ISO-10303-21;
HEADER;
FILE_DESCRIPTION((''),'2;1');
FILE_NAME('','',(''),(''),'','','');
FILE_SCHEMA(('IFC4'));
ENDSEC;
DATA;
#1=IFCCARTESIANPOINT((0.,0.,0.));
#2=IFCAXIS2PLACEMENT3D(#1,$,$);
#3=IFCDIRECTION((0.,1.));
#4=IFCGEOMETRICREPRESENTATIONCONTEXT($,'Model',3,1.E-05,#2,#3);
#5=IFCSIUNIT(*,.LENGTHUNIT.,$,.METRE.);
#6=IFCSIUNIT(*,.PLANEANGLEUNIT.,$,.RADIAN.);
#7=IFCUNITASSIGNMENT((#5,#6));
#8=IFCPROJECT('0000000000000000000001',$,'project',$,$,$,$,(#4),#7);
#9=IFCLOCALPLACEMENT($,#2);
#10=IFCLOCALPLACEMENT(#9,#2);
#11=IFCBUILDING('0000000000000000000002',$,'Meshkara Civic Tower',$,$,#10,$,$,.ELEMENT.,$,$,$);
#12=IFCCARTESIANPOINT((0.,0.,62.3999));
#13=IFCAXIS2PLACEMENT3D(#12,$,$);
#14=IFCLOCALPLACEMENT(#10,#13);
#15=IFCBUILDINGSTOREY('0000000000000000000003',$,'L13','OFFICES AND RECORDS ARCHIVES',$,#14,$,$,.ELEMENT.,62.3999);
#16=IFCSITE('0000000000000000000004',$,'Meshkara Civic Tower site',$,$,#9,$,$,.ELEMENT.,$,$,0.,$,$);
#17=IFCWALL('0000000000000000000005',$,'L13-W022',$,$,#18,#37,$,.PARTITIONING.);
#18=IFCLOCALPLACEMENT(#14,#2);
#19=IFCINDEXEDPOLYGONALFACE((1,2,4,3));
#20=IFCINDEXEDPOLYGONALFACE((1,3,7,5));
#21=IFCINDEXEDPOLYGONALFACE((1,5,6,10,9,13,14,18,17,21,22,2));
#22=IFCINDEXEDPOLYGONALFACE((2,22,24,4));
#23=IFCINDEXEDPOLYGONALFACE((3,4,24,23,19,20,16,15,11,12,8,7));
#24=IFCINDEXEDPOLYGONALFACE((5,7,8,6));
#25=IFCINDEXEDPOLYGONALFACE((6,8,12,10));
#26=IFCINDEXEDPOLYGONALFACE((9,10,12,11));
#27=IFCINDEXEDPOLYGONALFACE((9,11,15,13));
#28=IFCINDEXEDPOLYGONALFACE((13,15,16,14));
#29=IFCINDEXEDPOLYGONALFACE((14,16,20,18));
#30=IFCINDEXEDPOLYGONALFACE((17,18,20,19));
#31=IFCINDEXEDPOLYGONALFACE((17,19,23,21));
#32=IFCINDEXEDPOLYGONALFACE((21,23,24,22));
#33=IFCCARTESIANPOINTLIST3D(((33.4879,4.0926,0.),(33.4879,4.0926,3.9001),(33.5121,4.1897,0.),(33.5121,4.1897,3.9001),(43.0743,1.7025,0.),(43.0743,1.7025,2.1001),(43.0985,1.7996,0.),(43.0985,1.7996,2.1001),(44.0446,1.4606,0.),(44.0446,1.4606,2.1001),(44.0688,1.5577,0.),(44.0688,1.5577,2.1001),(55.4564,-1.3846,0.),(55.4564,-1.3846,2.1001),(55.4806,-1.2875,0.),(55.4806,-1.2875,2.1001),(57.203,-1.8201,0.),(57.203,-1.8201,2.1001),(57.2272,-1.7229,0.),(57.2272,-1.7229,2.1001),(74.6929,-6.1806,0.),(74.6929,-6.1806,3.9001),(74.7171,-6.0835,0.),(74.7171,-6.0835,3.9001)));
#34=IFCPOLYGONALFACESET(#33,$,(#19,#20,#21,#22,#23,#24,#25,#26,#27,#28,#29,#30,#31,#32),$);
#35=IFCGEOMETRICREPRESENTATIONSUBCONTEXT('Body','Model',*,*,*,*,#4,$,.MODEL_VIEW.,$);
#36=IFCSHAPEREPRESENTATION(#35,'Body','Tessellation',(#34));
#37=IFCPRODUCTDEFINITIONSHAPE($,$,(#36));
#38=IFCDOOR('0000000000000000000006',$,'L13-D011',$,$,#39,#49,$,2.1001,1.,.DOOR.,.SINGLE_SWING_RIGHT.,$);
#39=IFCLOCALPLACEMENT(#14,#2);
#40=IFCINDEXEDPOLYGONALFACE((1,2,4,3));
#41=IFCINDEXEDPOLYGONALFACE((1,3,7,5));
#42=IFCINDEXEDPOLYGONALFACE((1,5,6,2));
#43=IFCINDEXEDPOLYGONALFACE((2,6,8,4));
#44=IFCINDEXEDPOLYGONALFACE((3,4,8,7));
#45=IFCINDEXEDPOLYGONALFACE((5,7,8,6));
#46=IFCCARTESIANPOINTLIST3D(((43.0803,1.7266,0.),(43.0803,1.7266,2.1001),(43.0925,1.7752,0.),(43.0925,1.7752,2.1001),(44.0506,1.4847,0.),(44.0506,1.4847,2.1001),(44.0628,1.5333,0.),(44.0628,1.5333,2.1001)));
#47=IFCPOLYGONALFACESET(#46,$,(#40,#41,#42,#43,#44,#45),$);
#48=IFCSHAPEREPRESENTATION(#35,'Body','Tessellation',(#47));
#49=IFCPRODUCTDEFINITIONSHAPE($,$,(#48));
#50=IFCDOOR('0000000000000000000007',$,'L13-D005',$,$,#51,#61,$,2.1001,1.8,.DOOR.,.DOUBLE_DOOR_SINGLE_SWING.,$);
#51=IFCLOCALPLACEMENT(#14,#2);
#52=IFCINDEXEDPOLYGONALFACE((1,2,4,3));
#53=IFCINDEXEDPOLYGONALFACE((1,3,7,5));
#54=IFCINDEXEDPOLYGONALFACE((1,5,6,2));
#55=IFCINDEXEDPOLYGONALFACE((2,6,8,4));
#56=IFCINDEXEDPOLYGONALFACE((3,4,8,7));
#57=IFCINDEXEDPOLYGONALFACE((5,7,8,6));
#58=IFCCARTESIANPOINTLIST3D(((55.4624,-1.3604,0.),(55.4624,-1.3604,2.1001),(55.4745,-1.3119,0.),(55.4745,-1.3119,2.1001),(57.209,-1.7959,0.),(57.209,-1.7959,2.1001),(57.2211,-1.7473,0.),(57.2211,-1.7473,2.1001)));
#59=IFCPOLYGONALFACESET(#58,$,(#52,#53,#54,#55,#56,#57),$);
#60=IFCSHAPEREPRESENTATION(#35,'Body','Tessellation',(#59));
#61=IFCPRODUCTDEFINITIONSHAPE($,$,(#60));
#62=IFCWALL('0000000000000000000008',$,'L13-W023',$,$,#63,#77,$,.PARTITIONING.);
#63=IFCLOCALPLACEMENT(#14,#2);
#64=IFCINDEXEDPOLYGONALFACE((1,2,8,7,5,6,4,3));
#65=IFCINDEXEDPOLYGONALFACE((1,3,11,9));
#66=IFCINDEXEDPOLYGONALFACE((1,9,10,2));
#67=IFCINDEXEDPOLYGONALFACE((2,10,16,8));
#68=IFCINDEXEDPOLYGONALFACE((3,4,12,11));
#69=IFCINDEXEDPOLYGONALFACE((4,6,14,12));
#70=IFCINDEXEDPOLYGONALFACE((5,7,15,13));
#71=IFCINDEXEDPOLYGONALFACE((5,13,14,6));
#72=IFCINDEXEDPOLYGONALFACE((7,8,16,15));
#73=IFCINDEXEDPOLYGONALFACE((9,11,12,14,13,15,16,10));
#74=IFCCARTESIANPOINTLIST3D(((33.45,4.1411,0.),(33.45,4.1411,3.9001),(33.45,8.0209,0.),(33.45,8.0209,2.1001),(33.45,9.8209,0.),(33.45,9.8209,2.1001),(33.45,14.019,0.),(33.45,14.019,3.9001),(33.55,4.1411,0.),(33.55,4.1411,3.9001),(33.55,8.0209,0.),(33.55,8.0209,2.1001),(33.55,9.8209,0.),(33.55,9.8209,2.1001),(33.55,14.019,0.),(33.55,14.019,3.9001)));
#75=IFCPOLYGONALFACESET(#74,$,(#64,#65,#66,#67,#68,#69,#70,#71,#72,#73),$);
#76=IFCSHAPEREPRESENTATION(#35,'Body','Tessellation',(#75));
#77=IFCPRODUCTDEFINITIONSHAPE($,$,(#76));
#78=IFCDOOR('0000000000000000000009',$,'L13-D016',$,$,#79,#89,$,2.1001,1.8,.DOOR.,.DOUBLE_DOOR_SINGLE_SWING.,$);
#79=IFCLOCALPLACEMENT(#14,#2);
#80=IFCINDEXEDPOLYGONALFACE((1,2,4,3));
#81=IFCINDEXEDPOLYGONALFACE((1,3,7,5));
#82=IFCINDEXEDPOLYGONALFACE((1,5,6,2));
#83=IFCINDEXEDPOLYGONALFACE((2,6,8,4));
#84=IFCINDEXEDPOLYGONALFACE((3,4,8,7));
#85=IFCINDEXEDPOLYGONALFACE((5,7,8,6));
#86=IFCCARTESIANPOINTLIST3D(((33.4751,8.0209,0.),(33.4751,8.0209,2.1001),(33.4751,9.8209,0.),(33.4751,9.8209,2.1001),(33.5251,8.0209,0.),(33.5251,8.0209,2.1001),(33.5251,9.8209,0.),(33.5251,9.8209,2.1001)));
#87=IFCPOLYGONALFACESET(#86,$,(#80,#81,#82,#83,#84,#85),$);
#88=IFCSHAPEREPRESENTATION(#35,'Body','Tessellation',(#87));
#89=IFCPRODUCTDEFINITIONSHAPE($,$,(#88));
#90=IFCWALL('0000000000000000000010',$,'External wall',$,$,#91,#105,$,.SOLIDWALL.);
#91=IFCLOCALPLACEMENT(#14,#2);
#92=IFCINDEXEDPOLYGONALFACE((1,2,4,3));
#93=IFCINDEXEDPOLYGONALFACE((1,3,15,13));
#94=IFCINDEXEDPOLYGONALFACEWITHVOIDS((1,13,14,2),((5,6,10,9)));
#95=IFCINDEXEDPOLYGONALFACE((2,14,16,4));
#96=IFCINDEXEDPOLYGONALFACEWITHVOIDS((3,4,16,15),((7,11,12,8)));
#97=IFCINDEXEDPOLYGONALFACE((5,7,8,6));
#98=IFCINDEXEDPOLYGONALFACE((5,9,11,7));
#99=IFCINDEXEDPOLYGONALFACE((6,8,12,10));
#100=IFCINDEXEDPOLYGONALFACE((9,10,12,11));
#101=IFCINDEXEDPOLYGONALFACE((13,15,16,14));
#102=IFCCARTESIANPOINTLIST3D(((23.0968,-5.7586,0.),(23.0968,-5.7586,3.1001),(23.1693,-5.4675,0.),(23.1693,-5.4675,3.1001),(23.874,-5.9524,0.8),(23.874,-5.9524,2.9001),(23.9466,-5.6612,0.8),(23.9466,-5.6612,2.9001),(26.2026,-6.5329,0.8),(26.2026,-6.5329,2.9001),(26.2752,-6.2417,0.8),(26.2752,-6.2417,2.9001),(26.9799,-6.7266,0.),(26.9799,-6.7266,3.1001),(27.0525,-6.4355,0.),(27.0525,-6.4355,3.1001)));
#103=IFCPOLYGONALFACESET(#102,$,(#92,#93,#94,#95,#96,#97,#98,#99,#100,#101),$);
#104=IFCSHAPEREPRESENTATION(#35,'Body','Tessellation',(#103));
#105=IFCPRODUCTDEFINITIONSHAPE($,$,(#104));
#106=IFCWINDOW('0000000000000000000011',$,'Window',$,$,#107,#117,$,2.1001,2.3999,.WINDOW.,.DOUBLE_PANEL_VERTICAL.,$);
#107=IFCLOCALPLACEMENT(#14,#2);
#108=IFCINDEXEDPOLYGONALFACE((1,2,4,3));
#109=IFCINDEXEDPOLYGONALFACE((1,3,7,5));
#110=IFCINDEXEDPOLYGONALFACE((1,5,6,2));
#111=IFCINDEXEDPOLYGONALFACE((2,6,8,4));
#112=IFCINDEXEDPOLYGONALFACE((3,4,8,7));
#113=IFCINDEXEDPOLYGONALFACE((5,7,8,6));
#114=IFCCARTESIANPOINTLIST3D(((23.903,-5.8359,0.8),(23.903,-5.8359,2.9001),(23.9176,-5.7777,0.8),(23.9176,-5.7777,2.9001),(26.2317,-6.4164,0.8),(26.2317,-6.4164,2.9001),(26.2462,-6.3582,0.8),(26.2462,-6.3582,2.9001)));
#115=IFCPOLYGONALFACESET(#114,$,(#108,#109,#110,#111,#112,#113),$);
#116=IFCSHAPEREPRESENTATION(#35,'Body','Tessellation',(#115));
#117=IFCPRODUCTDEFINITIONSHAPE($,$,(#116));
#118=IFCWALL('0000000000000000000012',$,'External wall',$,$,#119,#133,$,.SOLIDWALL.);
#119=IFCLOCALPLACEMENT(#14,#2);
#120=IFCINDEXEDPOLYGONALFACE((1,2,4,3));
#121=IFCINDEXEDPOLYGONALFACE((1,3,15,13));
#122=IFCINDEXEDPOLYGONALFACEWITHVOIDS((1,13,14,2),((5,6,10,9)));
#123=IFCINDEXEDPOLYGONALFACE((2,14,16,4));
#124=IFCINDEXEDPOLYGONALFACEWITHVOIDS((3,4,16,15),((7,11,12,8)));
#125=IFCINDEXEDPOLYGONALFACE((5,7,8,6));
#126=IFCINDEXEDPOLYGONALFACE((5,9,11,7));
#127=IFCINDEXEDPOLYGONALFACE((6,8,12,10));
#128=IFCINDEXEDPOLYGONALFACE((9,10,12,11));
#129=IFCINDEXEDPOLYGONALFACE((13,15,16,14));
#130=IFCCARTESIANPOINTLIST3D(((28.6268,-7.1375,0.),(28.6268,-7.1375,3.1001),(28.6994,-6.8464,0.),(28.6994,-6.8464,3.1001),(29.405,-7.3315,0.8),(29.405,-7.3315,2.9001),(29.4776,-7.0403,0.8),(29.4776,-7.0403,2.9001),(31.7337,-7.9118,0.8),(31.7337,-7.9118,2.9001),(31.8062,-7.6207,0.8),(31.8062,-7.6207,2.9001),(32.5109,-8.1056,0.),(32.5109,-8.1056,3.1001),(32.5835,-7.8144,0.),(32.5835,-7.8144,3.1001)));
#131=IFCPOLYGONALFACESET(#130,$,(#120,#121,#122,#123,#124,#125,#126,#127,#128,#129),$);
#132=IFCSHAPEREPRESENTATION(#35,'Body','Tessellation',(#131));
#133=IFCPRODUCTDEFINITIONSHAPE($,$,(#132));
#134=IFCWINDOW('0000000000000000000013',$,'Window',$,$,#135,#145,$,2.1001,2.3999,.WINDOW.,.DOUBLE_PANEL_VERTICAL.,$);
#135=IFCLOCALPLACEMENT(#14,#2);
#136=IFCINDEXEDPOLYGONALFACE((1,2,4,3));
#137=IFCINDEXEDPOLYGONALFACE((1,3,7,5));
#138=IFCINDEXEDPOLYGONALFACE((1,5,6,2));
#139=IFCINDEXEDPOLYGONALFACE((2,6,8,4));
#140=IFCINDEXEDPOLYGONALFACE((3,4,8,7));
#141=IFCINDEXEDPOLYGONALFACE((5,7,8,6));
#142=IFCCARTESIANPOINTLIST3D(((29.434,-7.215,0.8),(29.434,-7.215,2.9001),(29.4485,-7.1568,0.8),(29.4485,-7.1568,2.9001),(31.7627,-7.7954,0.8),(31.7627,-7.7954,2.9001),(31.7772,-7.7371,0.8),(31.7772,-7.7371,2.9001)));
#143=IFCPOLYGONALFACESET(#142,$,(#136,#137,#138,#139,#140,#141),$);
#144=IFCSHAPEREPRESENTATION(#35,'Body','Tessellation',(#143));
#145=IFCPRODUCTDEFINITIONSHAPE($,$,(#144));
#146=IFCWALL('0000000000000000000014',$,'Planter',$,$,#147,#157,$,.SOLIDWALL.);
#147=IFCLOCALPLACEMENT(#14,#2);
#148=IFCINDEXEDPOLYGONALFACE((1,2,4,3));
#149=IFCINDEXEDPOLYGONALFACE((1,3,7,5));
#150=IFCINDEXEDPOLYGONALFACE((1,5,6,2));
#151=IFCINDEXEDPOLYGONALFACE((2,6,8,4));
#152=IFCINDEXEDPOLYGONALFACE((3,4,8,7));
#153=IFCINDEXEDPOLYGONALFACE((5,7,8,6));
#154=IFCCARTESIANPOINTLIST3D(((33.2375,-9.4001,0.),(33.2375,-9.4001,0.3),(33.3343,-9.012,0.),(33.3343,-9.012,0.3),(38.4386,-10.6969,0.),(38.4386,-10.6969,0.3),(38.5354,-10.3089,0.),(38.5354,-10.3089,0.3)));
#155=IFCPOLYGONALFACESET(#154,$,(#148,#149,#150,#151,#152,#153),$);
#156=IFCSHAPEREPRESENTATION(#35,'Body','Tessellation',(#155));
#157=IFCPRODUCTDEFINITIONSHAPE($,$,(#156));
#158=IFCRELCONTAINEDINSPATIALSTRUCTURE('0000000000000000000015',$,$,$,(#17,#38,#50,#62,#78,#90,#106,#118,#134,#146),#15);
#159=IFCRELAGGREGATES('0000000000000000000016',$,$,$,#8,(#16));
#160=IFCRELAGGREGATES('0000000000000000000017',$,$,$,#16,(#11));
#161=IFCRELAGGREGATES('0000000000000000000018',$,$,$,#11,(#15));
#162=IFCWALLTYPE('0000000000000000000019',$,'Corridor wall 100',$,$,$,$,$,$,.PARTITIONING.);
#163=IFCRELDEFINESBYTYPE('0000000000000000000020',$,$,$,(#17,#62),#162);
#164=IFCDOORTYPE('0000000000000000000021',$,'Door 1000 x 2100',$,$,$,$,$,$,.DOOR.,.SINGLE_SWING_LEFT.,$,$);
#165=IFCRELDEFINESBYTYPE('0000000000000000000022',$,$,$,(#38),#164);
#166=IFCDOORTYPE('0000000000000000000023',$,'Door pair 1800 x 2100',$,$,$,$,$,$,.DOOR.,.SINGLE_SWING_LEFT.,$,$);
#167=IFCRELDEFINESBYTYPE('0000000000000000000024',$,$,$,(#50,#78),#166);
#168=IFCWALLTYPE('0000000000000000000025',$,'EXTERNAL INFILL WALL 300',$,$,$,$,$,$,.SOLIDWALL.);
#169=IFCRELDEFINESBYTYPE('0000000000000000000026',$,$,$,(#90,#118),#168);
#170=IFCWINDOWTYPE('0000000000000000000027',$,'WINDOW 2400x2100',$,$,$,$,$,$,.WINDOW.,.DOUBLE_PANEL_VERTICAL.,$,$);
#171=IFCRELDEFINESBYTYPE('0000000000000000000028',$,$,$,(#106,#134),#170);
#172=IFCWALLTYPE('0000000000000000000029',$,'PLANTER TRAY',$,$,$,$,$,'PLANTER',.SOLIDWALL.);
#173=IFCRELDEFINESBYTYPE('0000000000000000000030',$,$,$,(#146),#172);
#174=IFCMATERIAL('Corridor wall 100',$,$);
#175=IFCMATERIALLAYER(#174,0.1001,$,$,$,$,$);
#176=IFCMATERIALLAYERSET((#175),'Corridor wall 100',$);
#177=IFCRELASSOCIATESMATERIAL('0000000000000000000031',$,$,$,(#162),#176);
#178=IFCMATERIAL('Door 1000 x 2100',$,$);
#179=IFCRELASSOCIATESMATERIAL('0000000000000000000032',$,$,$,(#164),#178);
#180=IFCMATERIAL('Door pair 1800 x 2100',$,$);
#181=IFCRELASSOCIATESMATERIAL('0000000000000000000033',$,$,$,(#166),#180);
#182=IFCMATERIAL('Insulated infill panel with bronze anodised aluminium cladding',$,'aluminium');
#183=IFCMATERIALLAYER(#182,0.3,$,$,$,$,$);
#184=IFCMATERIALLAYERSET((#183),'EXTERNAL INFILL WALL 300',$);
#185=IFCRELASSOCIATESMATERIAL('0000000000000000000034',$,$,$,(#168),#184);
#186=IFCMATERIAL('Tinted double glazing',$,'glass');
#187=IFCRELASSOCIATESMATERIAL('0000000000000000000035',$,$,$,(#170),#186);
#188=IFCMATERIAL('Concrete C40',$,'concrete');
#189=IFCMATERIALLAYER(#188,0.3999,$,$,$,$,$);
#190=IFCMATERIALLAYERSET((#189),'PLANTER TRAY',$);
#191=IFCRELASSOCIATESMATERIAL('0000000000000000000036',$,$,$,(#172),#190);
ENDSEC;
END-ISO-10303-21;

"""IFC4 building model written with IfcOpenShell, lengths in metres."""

from ifc_helpers import new_model, si_unit, direction, frame, frame_2d, origin, place, context, subcontext, project, spatial, rectangle, extrude, material, layer, layer_set, type_object, element, fill, save


model = new_model("IFC4")

# Units and contexts
model_context = context("Model", 3, precision=1e-05, world=origin(), true_north=direction((0.0, 1.0)))
body_context = subcontext(model_context, "Body", "Model", "MODEL_VIEW")
ifc_project = project(units=[si_unit("LENGTHUNIT", "METRE"), si_unit("PLANEANGLEUNIT", "RADIAN")], contexts=[model_context])

# Site, building, storey
site_placement = place(None, origin())
site = spatial("IfcSite", under=ifc_project, at=site_placement, Name="Meshkara Civic Tower site", CompositionType="ELEMENT", RefElevation=0.0)
building_placement = place(site_placement, origin())
building = spatial("IfcBuilding", under=site, at=building_placement, Name="Meshkara Civic Tower", CompositionType="ELEMENT")
storey_placement = place(building_placement, frame((0.0, 0.0, 62.3999)))
storey = spatial("IfcBuildingStorey", under=building, at=storey_placement, Name="L13", Description="OFFICES AND RECORDS ARCHIVES", CompositionType="ELEMENT", Elevation=62.3999)

# Wall, openings, doors
ifc_material_1 = material(Name="Corridor wall 100")
ifc_layer_1 = layer(ifc_material_1, 0.1001)
ifc_layer_set_1 = layer_set([ifc_layer_1], Name="Corridor wall 100")
wall_type_1 = type_object("IfcWallType", Name="Corridor wall 100", PredefinedType="PARTITIONING", material=ifc_layer_set_1)
wall_1_placement = place(storey_placement, frame((33.5, 4.1411, 0.0), z_axis=(0.0, 0.0, 1.0), x_axis=(0.970298, -0.241913, 0.0)))
wall_1 = element("IfcWall", 1, at=wall_1_placement, inside=storey, type_object=wall_type_1, Name="L13-W022", PredefinedType="PARTITIONING", context=body_context, shape_type="SweptSolid", body=[
    extrude(rectangle(XDim=42.4663, YDim=0.1001, at=frame_2d((21.2332, 0.0))), origin(), (0.0, 0.0, 1.0), 3.9001),
])
opening_1_placement = place(wall_1_placement, frame((22.6411, 0.0, 0.0)))
opening_1 = element("IfcOpeningElement", 2, at=opening_1_placement, cuts=wall_1, PredefinedType="OPENING", context=body_context, shape_type="SweptSolid", body=[
    extrude(rectangle(XDim=1.8, YDim=2.1001, at=frame_2d((0.8999, 1.05))), frame((0.0, 0.0601, 0.0), z_axis=(0.0, -1.0, 0.0), x_axis=(1.0, 0.0, 0.0)), (0.0, 0.0, 1.0), 0.1201),
])
opening_2_placement = place(wall_1_placement, frame((9.8799, 0.0, 0.0)))
opening_2 = element("IfcOpeningElement", 3, at=opening_2_placement, cuts=wall_1, PredefinedType="OPENING", context=body_context, shape_type="SweptSolid", body=[
    extrude(rectangle(XDim=1.0, YDim=2.1001, at=frame_2d((0.5, 1.05))), frame((0.0, 0.0601, 0.0), z_axis=(0.0, -1.0, 0.0), x_axis=(1.0, 0.0, 0.0)), (0.0, 0.0, 1.0), 0.1201),
])
ifc_material_2 = material(Name="Door 1000 x 2100")
door_type_1 = type_object("IfcDoorType", Name="Door 1000 x 2100", OperationType="SINGLE_SWING_LEFT", PredefinedType="DOOR", material=ifc_material_2)
door_1_placement = place(opening_2_placement, origin())
door_1 = element("IfcDoor", 4, at=door_1_placement, inside=storey, type_object=door_type_1, Name="L13-D011", OperationType="SINGLE_SWING_RIGHT", OverallHeight=2.1001, OverallWidth=1.0, PredefinedType="DOOR", context=body_context, shape_type="SweptSolid", body=[
    extrude(rectangle(XDim=1.0, YDim=2.1001, at=frame_2d((0.5, 1.05))), frame((0.0, 0.0249, 0.0), z_axis=(0.0, -1.0, 0.0), x_axis=(1.0, 0.0, 0.0)), (0.0, 0.0, 1.0), 0.05),
])
fill(opening_2, door_1)
ifc_material_3 = material(Name="Door pair 1800 x 2100")
door_type_2 = type_object("IfcDoorType", Name="Door pair 1800 x 2100", OperationType="SINGLE_SWING_LEFT", PredefinedType="DOOR", material=ifc_material_3)
door_2_placement = place(opening_1_placement, origin())
door_2 = element("IfcDoor", 5, at=door_2_placement, inside=storey, type_object=door_type_2, Name="L13-D005", OperationType="DOUBLE_DOOR_SINGLE_SWING", OverallHeight=2.1001, OverallWidth=1.8, PredefinedType="DOOR", context=body_context, shape_type="SweptSolid", body=[
    extrude(rectangle(XDim=1.8, YDim=2.1001, at=frame_2d((0.8999, 1.05))), frame((0.0, 0.0249, 0.0), z_axis=(0.0, -1.0, 0.0), x_axis=(1.0, 0.0, 0.0)), (0.0, 0.0, 1.0), 0.05),
])
fill(opening_1, door_2)

# Wall, opening, door
wall_2_placement = place(storey_placement, frame((33.5, 4.1411, 0.0), z_axis=(0.0, 0.0, 1.0), x_axis=(0.0, 1.0, 0.0)))
wall_2 = element("IfcWall", 6, at=wall_2_placement, inside=storey, type_object=wall_type_1, Name="L13-W023", PredefinedType="PARTITIONING", context=body_context, shape_type="SweptSolid", body=[
    extrude(rectangle(XDim=9.8779, YDim=0.1001, at=frame_2d((4.939, 0.0))), origin(), (0.0, 0.0, 1.0), 3.9001),
])
opening_3_placement = place(wall_2_placement, frame((3.8799, 0.0, 0.0)))
opening_3 = element("IfcOpeningElement", 7, at=opening_3_placement, cuts=wall_2, PredefinedType="OPENING", context=body_context, shape_type="SweptSolid", body=[
    extrude(rectangle(XDim=1.8, YDim=2.1001, at=frame_2d((0.8999, 1.05))), frame((0.0, 0.0601, 0.0), z_axis=(0.0, -1.0, 0.0), x_axis=(1.0, 0.0, 0.0)), (0.0, 0.0, 1.0), 0.1201),
])
door_3_placement = place(opening_3_placement, origin())
door_3 = element("IfcDoor", 8, at=door_3_placement, inside=storey, type_object=door_type_2, Name="L13-D016", OperationType="DOUBLE_DOOR_SINGLE_SWING", OverallHeight=2.1001, OverallWidth=1.8, PredefinedType="DOOR", context=body_context, shape_type="SweptSolid", body=[
    extrude(rectangle(XDim=1.8, YDim=2.1001, at=frame_2d((0.8999, 1.05))), frame((0.0, 0.0249, 0.0), z_axis=(0.0, -1.0, 0.0), x_axis=(1.0, 0.0, 0.0)), (0.0, 0.0, 1.0), 0.05),
])
fill(opening_3, door_3)

# Walls, openings, windows
ifc_material_4 = material(Name="Insulated infill panel with bronze anodised aluminium cladding", Category="aluminium")
ifc_layer_2 = layer(ifc_material_4, 0.3)
ifc_layer_set_2 = layer_set([ifc_layer_2], Name="EXTERNAL INFILL WALL 300")
wall_type_2 = type_object("IfcWallType", Name="EXTERNAL INFILL WALL 300", PredefinedType="SOLIDWALL", material=ifc_layer_set_2)
wall_3_placement = place(storey_placement, frame((23.1331, -5.613, 0.0), z_axis=(0.0, 0.0, 1.0), x_axis=(0.970304, -0.24189, 0.0)))
wall_3 = element("IfcWall", 9, at=wall_3_placement, inside=storey, type_object=wall_type_2, Name="External wall", PredefinedType="SOLIDWALL", context=body_context, shape_type="SweptSolid", body=[
    extrude(rectangle(XDim=4.002, YDim=0.3, at=frame_2d((2.001, 0.0))), origin(), (0.0, 0.0, 1.0), 3.1001),
])
opening_4_placement = place(wall_3_placement, frame((0.801, 0.0, 0.8)))
opening_4 = element("IfcOpeningElement", 10, at=opening_4_placement, cuts=wall_3, PredefinedType="OPENING", context=body_context, shape_type="SweptSolid", body=[
    extrude(rectangle(XDim=2.3999, YDim=2.1001, at=frame_2d((1.2, 1.05))), frame((0.0, 0.1599, 0.0), z_axis=(0.0, -1.0, 0.0), x_axis=(1.0, 0.0, 0.0)), (0.0, 0.0, 1.0), 0.3201),
])
ifc_material_5 = material(Name="Tinted double glazing", Category="glass")
window_type = type_object("IfcWindowType", Name="WINDOW 2400x2100", PartitioningType="DOUBLE_PANEL_VERTICAL", PredefinedType="WINDOW", material=ifc_material_5)
window_1_placement = place(opening_4_placement, origin())
window_1 = element("IfcWindow", 11, at=window_1_placement, inside=storey, type_object=window_type, Name="Window", OverallHeight=2.1001, OverallWidth=2.3999, PartitioningType="DOUBLE_PANEL_VERTICAL", PredefinedType="WINDOW", context=body_context, shape_type="SweptSolid", body=[
    extrude(rectangle(XDim=2.3999, YDim=2.1001, at=frame_2d((1.2, 1.05))), frame((0.0, 0.03, 0.0), z_axis=(0.0, -1.0, 0.0), x_axis=(1.0, 0.0, 0.0)), (0.0, 0.0, 1.0), 0.0601),
])
fill(opening_4, window_1)
wall_4_placement = place(storey_placement, frame((28.6631, -6.9919, 0.0), z_axis=(0.0, 0.0, 1.0), x_axis=(0.970318, -0.241832, 0.0)))
wall_4 = element("IfcWall", 12, at=wall_4_placement, inside=storey, type_object=wall_type_2, Name="External wall", PredefinedType="SOLIDWALL", context=body_context, shape_type="SweptSolid", body=[
    extrude(rectangle(XDim=4.0029, YDim=0.3, at=frame_2d((2.0015, 0.0))), origin(), (0.0, 0.0, 1.0), 3.1001),
])
opening_5_placement = place(wall_4_placement, frame((0.802, 0.0, 0.8)))
opening_5 = element("IfcOpeningElement", 13, at=opening_5_placement, cuts=wall_4, PredefinedType="OPENING", context=body_context, shape_type="SweptSolid", body=[
    extrude(rectangle(XDim=2.3999, YDim=2.1001, at=frame_2d((1.2, 1.05))), frame((0.0, 0.1599, 0.0), z_axis=(0.0, -1.0, 0.0), x_axis=(1.0, 0.0, 0.0)), (0.0, 0.0, 1.0), 0.3201),
])
window_2_placement = place(opening_5_placement, origin())
window_2 = element("IfcWindow", 14, at=window_2_placement, inside=storey, type_object=window_type, Name="Window", OverallHeight=2.1001, OverallWidth=2.3999, PartitioningType="DOUBLE_PANEL_VERTICAL", PredefinedType="WINDOW", context=body_context, shape_type="SweptSolid", body=[
    extrude(rectangle(XDim=2.3999, YDim=2.1001, at=frame_2d((1.2, 1.05))), frame((0.0, 0.03, 0.0), z_axis=(0.0, -1.0, 0.0), x_axis=(1.0, 0.0, 0.0)), (0.0, 0.0, 1.0), 0.0601),
])
fill(opening_5, window_2)

# Wall
ifc_material_6 = material(Name="Concrete C40", Category="concrete")
ifc_layer_3 = layer(ifc_material_6, 0.3999)
ifc_layer_set_3 = layer_set([ifc_layer_3], Name="PLANTER TRAY")
wall_type_3 = type_object("IfcWallType", Name="PLANTER TRAY", ElementType="PLANTER", PredefinedType="SOLIDWALL", material=ifc_layer_set_3)
wall_5_placement = place(storey_placement, frame((33.2859, -9.2061, 0.0), z_axis=(0.0, 0.0, 1.0), x_axis=(0.970292, -0.241935, 0.0)))
element("IfcWall", 15, at=wall_5_placement, inside=storey, type_object=wall_type_3, Name="Planter", PredefinedType="SOLIDWALL", context=body_context, shape_type="SweptSolid", body=[
    extrude(rectangle(XDim=5.3604, YDim=0.3999, at=frame_2d((2.6802, 0.0))), origin(), (0.0, 0.0, 1.0), 0.3),
])

save(model, "model.ifc")
